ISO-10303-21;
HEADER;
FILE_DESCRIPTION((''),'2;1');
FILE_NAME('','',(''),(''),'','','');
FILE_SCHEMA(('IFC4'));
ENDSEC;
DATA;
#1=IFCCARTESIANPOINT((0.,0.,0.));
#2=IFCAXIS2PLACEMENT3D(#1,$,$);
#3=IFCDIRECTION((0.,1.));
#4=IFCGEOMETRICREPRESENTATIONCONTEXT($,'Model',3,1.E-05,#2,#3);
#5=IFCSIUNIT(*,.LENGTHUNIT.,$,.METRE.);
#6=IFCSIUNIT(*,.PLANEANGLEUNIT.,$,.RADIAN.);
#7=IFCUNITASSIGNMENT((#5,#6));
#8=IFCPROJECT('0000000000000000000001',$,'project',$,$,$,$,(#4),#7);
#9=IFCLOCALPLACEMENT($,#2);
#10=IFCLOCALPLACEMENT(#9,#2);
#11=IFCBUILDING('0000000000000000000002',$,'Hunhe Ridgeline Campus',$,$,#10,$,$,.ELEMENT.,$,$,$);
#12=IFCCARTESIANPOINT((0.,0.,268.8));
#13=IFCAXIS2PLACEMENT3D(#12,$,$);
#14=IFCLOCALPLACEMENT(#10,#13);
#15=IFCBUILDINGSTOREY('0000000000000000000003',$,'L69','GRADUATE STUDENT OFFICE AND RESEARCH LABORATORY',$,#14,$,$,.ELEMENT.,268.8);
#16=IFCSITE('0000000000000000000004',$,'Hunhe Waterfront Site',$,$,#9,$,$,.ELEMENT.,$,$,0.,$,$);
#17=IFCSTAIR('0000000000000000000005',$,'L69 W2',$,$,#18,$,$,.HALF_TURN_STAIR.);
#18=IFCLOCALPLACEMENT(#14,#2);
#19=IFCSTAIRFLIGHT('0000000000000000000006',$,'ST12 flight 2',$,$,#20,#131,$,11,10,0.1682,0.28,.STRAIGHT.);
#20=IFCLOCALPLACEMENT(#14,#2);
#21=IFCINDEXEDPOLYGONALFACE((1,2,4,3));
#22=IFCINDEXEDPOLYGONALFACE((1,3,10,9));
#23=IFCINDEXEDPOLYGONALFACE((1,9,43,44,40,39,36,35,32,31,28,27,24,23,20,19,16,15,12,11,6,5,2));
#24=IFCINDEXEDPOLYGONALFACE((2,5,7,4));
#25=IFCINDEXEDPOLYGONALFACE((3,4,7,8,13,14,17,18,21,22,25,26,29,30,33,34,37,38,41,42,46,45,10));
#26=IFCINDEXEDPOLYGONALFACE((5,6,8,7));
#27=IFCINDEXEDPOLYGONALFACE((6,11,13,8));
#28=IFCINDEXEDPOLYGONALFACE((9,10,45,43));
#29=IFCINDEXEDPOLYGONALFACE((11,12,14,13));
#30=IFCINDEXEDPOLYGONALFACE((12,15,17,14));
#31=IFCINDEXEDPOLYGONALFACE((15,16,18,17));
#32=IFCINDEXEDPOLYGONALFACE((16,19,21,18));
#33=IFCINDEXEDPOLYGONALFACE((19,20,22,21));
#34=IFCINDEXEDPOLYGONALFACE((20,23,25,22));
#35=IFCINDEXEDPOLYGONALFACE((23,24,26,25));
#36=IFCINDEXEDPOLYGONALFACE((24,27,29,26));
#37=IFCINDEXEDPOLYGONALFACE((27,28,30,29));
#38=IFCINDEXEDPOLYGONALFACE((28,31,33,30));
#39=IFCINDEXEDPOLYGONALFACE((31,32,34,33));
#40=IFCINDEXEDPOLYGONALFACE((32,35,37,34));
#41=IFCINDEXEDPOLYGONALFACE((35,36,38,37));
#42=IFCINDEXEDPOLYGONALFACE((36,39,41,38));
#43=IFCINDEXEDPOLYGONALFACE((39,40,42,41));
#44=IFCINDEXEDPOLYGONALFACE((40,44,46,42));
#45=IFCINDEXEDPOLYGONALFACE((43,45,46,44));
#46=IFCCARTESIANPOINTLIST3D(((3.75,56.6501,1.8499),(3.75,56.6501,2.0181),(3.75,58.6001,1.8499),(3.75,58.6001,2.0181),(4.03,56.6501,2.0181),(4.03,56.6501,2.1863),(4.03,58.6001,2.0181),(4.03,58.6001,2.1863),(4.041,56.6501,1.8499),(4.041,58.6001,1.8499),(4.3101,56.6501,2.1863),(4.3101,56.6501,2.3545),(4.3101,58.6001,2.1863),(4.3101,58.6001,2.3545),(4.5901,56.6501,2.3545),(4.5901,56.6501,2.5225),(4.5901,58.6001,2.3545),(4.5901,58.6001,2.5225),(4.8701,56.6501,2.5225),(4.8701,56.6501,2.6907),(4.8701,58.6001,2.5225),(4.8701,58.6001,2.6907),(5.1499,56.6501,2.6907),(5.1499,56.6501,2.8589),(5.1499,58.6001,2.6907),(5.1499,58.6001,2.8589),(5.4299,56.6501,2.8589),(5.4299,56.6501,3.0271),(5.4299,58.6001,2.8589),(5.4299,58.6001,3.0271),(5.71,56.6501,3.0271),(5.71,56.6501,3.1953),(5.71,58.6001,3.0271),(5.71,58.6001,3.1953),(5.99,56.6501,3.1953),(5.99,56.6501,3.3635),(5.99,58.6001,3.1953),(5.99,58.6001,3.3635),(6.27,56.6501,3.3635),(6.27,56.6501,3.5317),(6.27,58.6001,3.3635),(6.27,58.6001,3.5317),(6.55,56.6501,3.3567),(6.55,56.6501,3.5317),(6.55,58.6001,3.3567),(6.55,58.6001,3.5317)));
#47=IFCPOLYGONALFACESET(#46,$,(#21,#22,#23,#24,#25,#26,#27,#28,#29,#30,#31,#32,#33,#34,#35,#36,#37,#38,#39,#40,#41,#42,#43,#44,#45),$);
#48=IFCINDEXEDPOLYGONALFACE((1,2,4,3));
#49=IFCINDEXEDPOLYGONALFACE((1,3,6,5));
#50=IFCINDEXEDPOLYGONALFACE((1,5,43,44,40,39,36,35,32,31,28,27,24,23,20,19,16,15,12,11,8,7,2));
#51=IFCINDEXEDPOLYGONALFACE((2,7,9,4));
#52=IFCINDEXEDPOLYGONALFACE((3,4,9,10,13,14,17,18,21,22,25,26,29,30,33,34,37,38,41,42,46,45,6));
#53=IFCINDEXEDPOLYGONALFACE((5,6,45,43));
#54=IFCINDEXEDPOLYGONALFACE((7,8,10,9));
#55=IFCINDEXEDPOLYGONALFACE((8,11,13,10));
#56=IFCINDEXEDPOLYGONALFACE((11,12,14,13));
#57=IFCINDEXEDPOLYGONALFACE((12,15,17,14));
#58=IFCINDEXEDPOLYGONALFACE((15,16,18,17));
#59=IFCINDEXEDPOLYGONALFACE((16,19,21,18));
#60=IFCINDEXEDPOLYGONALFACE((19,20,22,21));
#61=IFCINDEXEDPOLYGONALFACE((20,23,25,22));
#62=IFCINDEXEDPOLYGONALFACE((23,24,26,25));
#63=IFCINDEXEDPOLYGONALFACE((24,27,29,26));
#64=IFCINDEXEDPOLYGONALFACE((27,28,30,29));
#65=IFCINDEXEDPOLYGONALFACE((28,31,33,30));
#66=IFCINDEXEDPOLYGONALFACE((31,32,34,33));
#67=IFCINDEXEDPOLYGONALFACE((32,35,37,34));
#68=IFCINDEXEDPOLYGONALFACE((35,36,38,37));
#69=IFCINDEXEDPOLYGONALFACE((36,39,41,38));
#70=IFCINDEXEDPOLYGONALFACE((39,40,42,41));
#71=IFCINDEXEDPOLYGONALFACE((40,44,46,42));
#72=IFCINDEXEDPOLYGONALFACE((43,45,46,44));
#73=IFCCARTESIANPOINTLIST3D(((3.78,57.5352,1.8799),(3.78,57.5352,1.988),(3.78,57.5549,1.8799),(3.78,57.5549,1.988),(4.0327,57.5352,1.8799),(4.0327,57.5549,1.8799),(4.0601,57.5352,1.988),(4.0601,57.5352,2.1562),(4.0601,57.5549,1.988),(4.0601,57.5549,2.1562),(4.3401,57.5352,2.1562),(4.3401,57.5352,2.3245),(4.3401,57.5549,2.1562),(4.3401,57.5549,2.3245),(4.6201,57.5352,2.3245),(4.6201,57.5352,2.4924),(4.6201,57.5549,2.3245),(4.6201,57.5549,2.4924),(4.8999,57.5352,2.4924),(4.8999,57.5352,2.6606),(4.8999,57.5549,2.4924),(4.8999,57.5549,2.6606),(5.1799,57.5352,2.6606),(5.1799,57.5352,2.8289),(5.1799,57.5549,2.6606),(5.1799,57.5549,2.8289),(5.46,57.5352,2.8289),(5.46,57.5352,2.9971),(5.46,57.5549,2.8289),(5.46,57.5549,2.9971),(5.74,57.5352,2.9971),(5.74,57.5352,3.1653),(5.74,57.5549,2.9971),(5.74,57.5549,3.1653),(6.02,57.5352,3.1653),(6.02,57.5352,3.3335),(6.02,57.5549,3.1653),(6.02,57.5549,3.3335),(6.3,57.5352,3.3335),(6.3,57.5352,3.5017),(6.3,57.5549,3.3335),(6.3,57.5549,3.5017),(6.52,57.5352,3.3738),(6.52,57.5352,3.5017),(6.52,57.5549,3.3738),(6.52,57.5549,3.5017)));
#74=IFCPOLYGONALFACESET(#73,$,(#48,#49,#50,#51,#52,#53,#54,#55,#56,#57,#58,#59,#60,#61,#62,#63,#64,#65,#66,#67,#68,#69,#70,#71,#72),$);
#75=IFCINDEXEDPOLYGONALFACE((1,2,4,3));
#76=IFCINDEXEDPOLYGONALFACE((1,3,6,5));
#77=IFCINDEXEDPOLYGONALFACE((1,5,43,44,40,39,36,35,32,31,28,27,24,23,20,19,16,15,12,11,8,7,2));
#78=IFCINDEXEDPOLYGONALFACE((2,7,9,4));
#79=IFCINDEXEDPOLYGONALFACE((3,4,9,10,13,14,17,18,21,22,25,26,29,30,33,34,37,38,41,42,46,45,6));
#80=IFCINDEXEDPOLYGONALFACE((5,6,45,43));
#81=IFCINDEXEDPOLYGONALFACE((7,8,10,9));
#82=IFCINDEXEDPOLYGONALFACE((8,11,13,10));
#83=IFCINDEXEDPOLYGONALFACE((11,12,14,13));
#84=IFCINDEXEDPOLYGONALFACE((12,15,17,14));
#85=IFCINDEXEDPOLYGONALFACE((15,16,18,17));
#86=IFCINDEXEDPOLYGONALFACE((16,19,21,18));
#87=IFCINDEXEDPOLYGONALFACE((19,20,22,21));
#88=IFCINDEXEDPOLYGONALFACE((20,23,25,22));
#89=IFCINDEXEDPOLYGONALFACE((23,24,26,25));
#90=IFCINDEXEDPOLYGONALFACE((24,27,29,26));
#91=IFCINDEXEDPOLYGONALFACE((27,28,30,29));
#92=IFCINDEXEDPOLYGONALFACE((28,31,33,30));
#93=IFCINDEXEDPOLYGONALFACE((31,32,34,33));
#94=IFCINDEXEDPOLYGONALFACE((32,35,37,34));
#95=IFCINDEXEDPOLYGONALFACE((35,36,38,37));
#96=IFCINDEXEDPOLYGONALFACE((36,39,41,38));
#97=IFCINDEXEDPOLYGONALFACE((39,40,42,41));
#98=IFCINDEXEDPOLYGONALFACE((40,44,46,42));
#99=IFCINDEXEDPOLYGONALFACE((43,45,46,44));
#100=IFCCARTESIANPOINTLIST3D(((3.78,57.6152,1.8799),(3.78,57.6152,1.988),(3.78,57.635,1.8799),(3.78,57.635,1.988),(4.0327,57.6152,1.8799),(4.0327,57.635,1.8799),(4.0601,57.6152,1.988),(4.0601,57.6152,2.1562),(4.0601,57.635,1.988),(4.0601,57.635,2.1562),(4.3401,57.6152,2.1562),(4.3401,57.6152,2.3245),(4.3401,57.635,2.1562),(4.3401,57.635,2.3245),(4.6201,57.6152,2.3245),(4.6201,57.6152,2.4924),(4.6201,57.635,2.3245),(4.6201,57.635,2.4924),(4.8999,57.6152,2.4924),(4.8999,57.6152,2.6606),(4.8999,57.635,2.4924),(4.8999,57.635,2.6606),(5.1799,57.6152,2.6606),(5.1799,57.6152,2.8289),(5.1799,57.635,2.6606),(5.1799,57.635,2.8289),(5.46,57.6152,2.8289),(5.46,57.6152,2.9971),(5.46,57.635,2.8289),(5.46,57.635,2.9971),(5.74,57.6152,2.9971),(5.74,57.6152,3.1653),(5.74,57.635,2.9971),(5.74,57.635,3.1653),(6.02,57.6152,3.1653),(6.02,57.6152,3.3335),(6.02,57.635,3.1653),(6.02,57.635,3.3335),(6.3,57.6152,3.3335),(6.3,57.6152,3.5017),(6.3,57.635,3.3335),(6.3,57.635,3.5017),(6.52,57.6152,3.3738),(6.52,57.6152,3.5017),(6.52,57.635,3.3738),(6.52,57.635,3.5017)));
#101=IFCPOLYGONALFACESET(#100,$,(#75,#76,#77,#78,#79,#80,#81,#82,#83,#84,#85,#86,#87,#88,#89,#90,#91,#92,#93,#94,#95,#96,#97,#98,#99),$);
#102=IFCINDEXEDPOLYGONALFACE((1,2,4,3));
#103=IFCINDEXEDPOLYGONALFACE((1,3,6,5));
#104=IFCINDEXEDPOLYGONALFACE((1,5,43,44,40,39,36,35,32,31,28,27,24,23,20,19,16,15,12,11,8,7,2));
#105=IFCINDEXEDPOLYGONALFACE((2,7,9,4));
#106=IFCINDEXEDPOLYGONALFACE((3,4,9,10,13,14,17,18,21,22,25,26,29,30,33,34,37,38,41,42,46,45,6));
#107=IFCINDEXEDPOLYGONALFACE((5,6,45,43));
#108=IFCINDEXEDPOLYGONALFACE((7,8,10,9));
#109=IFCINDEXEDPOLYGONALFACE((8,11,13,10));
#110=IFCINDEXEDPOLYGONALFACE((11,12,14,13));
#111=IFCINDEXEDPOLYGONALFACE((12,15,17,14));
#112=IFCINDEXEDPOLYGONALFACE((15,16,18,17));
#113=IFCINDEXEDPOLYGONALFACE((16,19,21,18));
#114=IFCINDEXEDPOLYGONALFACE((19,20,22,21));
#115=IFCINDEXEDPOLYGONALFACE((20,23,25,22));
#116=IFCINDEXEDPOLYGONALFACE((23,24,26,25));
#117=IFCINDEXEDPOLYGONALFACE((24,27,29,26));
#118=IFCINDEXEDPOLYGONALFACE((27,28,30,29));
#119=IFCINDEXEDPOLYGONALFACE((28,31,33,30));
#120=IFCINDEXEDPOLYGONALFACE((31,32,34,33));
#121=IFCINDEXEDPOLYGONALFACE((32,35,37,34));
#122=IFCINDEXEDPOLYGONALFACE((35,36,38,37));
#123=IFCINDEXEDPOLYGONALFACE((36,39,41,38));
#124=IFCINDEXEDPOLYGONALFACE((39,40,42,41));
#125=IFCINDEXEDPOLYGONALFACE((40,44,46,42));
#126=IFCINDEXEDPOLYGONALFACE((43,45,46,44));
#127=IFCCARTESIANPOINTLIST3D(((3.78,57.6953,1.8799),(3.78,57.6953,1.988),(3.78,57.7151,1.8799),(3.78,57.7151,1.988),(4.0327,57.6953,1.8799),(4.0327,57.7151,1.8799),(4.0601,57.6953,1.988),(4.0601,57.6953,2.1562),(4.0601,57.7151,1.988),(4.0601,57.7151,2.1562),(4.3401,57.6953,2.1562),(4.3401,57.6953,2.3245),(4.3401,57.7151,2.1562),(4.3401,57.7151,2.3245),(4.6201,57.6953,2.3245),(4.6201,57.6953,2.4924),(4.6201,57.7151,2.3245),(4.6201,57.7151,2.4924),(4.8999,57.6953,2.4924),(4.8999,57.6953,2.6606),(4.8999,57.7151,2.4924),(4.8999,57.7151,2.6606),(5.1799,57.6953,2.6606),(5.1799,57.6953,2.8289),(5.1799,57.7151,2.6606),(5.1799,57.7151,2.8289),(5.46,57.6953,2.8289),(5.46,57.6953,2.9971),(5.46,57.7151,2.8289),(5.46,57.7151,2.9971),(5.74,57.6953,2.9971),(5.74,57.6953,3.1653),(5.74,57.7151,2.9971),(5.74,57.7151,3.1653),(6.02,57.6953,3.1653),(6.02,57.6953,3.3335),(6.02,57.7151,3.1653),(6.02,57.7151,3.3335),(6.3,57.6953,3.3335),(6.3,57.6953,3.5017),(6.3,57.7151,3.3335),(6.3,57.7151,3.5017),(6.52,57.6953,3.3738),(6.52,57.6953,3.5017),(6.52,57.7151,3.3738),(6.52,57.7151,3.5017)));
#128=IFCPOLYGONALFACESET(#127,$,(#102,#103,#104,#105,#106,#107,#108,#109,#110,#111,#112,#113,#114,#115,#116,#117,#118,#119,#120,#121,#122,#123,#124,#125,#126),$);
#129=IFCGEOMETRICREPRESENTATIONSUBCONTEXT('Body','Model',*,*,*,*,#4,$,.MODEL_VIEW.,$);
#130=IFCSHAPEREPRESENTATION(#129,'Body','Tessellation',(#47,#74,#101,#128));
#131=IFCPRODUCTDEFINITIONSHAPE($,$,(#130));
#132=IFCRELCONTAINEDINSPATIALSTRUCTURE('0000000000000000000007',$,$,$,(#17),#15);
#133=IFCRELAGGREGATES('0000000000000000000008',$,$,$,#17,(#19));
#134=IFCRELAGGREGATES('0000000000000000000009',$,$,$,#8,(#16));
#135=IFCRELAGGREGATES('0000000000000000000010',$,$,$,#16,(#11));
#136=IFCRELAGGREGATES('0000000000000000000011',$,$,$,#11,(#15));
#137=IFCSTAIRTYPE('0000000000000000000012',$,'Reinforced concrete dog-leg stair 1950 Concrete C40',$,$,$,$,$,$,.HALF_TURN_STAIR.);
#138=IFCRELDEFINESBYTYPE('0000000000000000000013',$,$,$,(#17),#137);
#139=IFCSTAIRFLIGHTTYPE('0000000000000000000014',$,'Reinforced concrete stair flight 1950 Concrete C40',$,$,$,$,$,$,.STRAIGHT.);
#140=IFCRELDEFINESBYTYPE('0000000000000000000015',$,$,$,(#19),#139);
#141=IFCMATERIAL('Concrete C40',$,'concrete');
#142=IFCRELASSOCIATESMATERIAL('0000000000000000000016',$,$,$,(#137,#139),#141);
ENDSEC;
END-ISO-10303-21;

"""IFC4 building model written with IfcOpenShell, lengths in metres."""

from ifc_helpers import new_model, si_unit, direction, frame, origin, place, context, subcontext, project, spatial, polyline, outline, extrude, material, type_object, element, aggregate, save


model = new_model("IFC4")

# Units and contexts
model_context = context("Model", 3, precision=1e-05, world=origin(), true_north=direction((0.0, 1.0)))
body_context = subcontext(model_context, "Body", "Model", "MODEL_VIEW")
ifc_project = project(units=[si_unit("LENGTHUNIT", "METRE"), si_unit("PLANEANGLEUNIT", "RADIAN")], contexts=[model_context])

# Site, building, storey
site_placement = place(None, origin())
site = spatial("IfcSite", under=ifc_project, at=site_placement, Name="Hunhe Waterfront Site", CompositionType="ELEMENT", RefElevation=0.0)
building_placement = place(site_placement, origin())
building = spatial("IfcBuilding", under=site, at=building_placement, Name="Hunhe Ridgeline Campus", CompositionType="ELEMENT")
storey_placement = place(building_placement, frame((0.0, 0.0, 268.8)))
storey = spatial("IfcBuildingStorey", under=building, at=storey_placement, Name="L69", Description="GRADUATE STUDENT OFFICE AND RESEARCH LABORATORY", CompositionType="ELEMENT", Elevation=268.8)

# Stair, stair flight
ifc_material_1 = material(Name="Concrete C40", Category="concrete")
stair_type = type_object("IfcStairType", Name="Reinforced concrete dog-leg stair 1950 Concrete C40", PredefinedType="HALF_TURN_STAIR", material=ifc_material_1)
stair_flight_type = type_object("IfcStairFlightType", Name="Reinforced concrete stair flight 1950 Concrete C40", PredefinedType="STRAIGHT", material=ifc_material_1)
stair_1_placement = place(storey_placement, origin())
stair_1 = element("IfcStair", 1, at=stair_1_placement, inside=storey, type_object=stair_type, Name="L69 W2", PredefinedType="HALF_TURN_STAIR")
stair_flight_1_placement = place(storey_placement, frame((3.75, 57.625, 1.8499), z_axis=(0.0, 0.0, 1.0), x_axis=(1.0, 0.0, 0.0)))
stair_flight_1 = element("IfcStairFlight", 2, at=stair_flight_1_placement, type_object=stair_flight_type, Name="ST12 flight 2", NumberOfRisers=11, NumberOfTreads=10, PredefinedType="STRAIGHT", RiserHeight=0.1682, TreadLength=0.28, context=body_context, shape_type="SweptSolid", body=[
    extrude(outline(polyline([(0.0, 0.0), (0.0, 0.1682), (0.28, 0.1682), (0.28, 0.3364), (0.5601, 0.3364), (0.5601, 0.5046), (0.8401, 0.5046), (0.8401, 0.6726), (1.1201, 0.6726), (1.1201, 0.8408), (1.3999, 0.8408), (1.3999, 1.009), (1.6799, 1.009), (1.6799, 1.1772), (1.96, 1.1772), (1.96, 1.3455), (2.24, 1.3455), (2.24, 1.5137), (2.52, 1.5137), (2.52, 1.6819), (2.8, 1.6819), (2.8, 1.8501), (2.8, 1.5068), (0.291, 0.0), (0.0, 0.0)])), frame((0.0, 0.9751, 0.0), z_axis=(0.0, -1.0, 0.0), x_axis=(1.0, 0.0, 0.0)), (0.0, 0.0, 1.0), 1.95),
    extrude(outline(polyline([(0.03, 0.03), (0.03, 0.1382), (0.3101, 0.1382), (0.3101, 0.3064), (0.5901, 0.3064), (0.5901, 0.4746), (0.8701, 0.4746), (0.8701, 0.6426), (1.1499, 0.6426), (1.1499, 0.8108), (1.4299, 0.8108), (1.4299, 0.979), (1.71, 0.979), (1.71, 1.1472), (1.99, 1.1472), (1.99, 1.3154), (2.27, 1.3154), (2.27, 1.4836), (2.55, 1.4836), (2.55, 1.6519), (2.77, 1.6519), (2.77, 1.5239), (0.2827, 0.03), (0.03, 0.03)])), frame((0.0, -0.0701, 0.0), z_axis=(0.0, -1.0, 0.0), x_axis=(1.0, 0.0, 0.0)), (0.0, 0.0, 1.0), 0.0198),
    extrude(outline(polyline([(0.03, 0.03), (0.03, 0.1382), (0.3101, 0.1382), (0.3101, 0.3064), (0.5901, 0.3064), (0.5901, 0.4746), (0.8701, 0.4746), (0.8701, 0.6426), (1.1499, 0.6426), (1.1499, 0.8108), (1.4299, 0.8108), (1.4299, 0.979), (1.71, 0.979), (1.71, 1.1472), (1.99, 1.1472), (1.99, 1.3154), (2.27, 1.3154), (2.27, 1.4836), (2.55, 1.4836), (2.55, 1.6519), (2.77, 1.6519), (2.77, 1.5239), (0.2827, 0.03), (0.03, 0.03)])), frame((0.0, 0.01, 0.0), z_axis=(0.0, -1.0, 0.0), x_axis=(1.0, 0.0, 0.0)), (0.0, 0.0, 1.0), 0.0198),
    extrude(outline(polyline([(0.03, 0.03), (0.03, 0.1382), (0.3101, 0.1382), (0.3101, 0.3064), (0.5901, 0.3064), (0.5901, 0.4746), (0.8701, 0.4746), (0.8701, 0.6426), (1.1499, 0.6426), (1.1499, 0.8108), (1.4299, 0.8108), (1.4299, 0.979), (1.71, 0.979), (1.71, 1.1472), (1.99, 1.1472), (1.99, 1.3154), (2.27, 1.3154), (2.27, 1.4836), (2.55, 1.4836), (2.55, 1.6519), (2.77, 1.6519), (2.77, 1.5239), (0.2827, 0.03), (0.03, 0.03)])), frame((0.0, 0.0901, 0.0), z_axis=(0.0, -1.0, 0.0), x_axis=(1.0, 0.0, 0.0)), (0.0, 0.0, 1.0), 0.0198),
])
aggregate(stair_1, [stair_flight_1])

save(model, "model.ifc")
